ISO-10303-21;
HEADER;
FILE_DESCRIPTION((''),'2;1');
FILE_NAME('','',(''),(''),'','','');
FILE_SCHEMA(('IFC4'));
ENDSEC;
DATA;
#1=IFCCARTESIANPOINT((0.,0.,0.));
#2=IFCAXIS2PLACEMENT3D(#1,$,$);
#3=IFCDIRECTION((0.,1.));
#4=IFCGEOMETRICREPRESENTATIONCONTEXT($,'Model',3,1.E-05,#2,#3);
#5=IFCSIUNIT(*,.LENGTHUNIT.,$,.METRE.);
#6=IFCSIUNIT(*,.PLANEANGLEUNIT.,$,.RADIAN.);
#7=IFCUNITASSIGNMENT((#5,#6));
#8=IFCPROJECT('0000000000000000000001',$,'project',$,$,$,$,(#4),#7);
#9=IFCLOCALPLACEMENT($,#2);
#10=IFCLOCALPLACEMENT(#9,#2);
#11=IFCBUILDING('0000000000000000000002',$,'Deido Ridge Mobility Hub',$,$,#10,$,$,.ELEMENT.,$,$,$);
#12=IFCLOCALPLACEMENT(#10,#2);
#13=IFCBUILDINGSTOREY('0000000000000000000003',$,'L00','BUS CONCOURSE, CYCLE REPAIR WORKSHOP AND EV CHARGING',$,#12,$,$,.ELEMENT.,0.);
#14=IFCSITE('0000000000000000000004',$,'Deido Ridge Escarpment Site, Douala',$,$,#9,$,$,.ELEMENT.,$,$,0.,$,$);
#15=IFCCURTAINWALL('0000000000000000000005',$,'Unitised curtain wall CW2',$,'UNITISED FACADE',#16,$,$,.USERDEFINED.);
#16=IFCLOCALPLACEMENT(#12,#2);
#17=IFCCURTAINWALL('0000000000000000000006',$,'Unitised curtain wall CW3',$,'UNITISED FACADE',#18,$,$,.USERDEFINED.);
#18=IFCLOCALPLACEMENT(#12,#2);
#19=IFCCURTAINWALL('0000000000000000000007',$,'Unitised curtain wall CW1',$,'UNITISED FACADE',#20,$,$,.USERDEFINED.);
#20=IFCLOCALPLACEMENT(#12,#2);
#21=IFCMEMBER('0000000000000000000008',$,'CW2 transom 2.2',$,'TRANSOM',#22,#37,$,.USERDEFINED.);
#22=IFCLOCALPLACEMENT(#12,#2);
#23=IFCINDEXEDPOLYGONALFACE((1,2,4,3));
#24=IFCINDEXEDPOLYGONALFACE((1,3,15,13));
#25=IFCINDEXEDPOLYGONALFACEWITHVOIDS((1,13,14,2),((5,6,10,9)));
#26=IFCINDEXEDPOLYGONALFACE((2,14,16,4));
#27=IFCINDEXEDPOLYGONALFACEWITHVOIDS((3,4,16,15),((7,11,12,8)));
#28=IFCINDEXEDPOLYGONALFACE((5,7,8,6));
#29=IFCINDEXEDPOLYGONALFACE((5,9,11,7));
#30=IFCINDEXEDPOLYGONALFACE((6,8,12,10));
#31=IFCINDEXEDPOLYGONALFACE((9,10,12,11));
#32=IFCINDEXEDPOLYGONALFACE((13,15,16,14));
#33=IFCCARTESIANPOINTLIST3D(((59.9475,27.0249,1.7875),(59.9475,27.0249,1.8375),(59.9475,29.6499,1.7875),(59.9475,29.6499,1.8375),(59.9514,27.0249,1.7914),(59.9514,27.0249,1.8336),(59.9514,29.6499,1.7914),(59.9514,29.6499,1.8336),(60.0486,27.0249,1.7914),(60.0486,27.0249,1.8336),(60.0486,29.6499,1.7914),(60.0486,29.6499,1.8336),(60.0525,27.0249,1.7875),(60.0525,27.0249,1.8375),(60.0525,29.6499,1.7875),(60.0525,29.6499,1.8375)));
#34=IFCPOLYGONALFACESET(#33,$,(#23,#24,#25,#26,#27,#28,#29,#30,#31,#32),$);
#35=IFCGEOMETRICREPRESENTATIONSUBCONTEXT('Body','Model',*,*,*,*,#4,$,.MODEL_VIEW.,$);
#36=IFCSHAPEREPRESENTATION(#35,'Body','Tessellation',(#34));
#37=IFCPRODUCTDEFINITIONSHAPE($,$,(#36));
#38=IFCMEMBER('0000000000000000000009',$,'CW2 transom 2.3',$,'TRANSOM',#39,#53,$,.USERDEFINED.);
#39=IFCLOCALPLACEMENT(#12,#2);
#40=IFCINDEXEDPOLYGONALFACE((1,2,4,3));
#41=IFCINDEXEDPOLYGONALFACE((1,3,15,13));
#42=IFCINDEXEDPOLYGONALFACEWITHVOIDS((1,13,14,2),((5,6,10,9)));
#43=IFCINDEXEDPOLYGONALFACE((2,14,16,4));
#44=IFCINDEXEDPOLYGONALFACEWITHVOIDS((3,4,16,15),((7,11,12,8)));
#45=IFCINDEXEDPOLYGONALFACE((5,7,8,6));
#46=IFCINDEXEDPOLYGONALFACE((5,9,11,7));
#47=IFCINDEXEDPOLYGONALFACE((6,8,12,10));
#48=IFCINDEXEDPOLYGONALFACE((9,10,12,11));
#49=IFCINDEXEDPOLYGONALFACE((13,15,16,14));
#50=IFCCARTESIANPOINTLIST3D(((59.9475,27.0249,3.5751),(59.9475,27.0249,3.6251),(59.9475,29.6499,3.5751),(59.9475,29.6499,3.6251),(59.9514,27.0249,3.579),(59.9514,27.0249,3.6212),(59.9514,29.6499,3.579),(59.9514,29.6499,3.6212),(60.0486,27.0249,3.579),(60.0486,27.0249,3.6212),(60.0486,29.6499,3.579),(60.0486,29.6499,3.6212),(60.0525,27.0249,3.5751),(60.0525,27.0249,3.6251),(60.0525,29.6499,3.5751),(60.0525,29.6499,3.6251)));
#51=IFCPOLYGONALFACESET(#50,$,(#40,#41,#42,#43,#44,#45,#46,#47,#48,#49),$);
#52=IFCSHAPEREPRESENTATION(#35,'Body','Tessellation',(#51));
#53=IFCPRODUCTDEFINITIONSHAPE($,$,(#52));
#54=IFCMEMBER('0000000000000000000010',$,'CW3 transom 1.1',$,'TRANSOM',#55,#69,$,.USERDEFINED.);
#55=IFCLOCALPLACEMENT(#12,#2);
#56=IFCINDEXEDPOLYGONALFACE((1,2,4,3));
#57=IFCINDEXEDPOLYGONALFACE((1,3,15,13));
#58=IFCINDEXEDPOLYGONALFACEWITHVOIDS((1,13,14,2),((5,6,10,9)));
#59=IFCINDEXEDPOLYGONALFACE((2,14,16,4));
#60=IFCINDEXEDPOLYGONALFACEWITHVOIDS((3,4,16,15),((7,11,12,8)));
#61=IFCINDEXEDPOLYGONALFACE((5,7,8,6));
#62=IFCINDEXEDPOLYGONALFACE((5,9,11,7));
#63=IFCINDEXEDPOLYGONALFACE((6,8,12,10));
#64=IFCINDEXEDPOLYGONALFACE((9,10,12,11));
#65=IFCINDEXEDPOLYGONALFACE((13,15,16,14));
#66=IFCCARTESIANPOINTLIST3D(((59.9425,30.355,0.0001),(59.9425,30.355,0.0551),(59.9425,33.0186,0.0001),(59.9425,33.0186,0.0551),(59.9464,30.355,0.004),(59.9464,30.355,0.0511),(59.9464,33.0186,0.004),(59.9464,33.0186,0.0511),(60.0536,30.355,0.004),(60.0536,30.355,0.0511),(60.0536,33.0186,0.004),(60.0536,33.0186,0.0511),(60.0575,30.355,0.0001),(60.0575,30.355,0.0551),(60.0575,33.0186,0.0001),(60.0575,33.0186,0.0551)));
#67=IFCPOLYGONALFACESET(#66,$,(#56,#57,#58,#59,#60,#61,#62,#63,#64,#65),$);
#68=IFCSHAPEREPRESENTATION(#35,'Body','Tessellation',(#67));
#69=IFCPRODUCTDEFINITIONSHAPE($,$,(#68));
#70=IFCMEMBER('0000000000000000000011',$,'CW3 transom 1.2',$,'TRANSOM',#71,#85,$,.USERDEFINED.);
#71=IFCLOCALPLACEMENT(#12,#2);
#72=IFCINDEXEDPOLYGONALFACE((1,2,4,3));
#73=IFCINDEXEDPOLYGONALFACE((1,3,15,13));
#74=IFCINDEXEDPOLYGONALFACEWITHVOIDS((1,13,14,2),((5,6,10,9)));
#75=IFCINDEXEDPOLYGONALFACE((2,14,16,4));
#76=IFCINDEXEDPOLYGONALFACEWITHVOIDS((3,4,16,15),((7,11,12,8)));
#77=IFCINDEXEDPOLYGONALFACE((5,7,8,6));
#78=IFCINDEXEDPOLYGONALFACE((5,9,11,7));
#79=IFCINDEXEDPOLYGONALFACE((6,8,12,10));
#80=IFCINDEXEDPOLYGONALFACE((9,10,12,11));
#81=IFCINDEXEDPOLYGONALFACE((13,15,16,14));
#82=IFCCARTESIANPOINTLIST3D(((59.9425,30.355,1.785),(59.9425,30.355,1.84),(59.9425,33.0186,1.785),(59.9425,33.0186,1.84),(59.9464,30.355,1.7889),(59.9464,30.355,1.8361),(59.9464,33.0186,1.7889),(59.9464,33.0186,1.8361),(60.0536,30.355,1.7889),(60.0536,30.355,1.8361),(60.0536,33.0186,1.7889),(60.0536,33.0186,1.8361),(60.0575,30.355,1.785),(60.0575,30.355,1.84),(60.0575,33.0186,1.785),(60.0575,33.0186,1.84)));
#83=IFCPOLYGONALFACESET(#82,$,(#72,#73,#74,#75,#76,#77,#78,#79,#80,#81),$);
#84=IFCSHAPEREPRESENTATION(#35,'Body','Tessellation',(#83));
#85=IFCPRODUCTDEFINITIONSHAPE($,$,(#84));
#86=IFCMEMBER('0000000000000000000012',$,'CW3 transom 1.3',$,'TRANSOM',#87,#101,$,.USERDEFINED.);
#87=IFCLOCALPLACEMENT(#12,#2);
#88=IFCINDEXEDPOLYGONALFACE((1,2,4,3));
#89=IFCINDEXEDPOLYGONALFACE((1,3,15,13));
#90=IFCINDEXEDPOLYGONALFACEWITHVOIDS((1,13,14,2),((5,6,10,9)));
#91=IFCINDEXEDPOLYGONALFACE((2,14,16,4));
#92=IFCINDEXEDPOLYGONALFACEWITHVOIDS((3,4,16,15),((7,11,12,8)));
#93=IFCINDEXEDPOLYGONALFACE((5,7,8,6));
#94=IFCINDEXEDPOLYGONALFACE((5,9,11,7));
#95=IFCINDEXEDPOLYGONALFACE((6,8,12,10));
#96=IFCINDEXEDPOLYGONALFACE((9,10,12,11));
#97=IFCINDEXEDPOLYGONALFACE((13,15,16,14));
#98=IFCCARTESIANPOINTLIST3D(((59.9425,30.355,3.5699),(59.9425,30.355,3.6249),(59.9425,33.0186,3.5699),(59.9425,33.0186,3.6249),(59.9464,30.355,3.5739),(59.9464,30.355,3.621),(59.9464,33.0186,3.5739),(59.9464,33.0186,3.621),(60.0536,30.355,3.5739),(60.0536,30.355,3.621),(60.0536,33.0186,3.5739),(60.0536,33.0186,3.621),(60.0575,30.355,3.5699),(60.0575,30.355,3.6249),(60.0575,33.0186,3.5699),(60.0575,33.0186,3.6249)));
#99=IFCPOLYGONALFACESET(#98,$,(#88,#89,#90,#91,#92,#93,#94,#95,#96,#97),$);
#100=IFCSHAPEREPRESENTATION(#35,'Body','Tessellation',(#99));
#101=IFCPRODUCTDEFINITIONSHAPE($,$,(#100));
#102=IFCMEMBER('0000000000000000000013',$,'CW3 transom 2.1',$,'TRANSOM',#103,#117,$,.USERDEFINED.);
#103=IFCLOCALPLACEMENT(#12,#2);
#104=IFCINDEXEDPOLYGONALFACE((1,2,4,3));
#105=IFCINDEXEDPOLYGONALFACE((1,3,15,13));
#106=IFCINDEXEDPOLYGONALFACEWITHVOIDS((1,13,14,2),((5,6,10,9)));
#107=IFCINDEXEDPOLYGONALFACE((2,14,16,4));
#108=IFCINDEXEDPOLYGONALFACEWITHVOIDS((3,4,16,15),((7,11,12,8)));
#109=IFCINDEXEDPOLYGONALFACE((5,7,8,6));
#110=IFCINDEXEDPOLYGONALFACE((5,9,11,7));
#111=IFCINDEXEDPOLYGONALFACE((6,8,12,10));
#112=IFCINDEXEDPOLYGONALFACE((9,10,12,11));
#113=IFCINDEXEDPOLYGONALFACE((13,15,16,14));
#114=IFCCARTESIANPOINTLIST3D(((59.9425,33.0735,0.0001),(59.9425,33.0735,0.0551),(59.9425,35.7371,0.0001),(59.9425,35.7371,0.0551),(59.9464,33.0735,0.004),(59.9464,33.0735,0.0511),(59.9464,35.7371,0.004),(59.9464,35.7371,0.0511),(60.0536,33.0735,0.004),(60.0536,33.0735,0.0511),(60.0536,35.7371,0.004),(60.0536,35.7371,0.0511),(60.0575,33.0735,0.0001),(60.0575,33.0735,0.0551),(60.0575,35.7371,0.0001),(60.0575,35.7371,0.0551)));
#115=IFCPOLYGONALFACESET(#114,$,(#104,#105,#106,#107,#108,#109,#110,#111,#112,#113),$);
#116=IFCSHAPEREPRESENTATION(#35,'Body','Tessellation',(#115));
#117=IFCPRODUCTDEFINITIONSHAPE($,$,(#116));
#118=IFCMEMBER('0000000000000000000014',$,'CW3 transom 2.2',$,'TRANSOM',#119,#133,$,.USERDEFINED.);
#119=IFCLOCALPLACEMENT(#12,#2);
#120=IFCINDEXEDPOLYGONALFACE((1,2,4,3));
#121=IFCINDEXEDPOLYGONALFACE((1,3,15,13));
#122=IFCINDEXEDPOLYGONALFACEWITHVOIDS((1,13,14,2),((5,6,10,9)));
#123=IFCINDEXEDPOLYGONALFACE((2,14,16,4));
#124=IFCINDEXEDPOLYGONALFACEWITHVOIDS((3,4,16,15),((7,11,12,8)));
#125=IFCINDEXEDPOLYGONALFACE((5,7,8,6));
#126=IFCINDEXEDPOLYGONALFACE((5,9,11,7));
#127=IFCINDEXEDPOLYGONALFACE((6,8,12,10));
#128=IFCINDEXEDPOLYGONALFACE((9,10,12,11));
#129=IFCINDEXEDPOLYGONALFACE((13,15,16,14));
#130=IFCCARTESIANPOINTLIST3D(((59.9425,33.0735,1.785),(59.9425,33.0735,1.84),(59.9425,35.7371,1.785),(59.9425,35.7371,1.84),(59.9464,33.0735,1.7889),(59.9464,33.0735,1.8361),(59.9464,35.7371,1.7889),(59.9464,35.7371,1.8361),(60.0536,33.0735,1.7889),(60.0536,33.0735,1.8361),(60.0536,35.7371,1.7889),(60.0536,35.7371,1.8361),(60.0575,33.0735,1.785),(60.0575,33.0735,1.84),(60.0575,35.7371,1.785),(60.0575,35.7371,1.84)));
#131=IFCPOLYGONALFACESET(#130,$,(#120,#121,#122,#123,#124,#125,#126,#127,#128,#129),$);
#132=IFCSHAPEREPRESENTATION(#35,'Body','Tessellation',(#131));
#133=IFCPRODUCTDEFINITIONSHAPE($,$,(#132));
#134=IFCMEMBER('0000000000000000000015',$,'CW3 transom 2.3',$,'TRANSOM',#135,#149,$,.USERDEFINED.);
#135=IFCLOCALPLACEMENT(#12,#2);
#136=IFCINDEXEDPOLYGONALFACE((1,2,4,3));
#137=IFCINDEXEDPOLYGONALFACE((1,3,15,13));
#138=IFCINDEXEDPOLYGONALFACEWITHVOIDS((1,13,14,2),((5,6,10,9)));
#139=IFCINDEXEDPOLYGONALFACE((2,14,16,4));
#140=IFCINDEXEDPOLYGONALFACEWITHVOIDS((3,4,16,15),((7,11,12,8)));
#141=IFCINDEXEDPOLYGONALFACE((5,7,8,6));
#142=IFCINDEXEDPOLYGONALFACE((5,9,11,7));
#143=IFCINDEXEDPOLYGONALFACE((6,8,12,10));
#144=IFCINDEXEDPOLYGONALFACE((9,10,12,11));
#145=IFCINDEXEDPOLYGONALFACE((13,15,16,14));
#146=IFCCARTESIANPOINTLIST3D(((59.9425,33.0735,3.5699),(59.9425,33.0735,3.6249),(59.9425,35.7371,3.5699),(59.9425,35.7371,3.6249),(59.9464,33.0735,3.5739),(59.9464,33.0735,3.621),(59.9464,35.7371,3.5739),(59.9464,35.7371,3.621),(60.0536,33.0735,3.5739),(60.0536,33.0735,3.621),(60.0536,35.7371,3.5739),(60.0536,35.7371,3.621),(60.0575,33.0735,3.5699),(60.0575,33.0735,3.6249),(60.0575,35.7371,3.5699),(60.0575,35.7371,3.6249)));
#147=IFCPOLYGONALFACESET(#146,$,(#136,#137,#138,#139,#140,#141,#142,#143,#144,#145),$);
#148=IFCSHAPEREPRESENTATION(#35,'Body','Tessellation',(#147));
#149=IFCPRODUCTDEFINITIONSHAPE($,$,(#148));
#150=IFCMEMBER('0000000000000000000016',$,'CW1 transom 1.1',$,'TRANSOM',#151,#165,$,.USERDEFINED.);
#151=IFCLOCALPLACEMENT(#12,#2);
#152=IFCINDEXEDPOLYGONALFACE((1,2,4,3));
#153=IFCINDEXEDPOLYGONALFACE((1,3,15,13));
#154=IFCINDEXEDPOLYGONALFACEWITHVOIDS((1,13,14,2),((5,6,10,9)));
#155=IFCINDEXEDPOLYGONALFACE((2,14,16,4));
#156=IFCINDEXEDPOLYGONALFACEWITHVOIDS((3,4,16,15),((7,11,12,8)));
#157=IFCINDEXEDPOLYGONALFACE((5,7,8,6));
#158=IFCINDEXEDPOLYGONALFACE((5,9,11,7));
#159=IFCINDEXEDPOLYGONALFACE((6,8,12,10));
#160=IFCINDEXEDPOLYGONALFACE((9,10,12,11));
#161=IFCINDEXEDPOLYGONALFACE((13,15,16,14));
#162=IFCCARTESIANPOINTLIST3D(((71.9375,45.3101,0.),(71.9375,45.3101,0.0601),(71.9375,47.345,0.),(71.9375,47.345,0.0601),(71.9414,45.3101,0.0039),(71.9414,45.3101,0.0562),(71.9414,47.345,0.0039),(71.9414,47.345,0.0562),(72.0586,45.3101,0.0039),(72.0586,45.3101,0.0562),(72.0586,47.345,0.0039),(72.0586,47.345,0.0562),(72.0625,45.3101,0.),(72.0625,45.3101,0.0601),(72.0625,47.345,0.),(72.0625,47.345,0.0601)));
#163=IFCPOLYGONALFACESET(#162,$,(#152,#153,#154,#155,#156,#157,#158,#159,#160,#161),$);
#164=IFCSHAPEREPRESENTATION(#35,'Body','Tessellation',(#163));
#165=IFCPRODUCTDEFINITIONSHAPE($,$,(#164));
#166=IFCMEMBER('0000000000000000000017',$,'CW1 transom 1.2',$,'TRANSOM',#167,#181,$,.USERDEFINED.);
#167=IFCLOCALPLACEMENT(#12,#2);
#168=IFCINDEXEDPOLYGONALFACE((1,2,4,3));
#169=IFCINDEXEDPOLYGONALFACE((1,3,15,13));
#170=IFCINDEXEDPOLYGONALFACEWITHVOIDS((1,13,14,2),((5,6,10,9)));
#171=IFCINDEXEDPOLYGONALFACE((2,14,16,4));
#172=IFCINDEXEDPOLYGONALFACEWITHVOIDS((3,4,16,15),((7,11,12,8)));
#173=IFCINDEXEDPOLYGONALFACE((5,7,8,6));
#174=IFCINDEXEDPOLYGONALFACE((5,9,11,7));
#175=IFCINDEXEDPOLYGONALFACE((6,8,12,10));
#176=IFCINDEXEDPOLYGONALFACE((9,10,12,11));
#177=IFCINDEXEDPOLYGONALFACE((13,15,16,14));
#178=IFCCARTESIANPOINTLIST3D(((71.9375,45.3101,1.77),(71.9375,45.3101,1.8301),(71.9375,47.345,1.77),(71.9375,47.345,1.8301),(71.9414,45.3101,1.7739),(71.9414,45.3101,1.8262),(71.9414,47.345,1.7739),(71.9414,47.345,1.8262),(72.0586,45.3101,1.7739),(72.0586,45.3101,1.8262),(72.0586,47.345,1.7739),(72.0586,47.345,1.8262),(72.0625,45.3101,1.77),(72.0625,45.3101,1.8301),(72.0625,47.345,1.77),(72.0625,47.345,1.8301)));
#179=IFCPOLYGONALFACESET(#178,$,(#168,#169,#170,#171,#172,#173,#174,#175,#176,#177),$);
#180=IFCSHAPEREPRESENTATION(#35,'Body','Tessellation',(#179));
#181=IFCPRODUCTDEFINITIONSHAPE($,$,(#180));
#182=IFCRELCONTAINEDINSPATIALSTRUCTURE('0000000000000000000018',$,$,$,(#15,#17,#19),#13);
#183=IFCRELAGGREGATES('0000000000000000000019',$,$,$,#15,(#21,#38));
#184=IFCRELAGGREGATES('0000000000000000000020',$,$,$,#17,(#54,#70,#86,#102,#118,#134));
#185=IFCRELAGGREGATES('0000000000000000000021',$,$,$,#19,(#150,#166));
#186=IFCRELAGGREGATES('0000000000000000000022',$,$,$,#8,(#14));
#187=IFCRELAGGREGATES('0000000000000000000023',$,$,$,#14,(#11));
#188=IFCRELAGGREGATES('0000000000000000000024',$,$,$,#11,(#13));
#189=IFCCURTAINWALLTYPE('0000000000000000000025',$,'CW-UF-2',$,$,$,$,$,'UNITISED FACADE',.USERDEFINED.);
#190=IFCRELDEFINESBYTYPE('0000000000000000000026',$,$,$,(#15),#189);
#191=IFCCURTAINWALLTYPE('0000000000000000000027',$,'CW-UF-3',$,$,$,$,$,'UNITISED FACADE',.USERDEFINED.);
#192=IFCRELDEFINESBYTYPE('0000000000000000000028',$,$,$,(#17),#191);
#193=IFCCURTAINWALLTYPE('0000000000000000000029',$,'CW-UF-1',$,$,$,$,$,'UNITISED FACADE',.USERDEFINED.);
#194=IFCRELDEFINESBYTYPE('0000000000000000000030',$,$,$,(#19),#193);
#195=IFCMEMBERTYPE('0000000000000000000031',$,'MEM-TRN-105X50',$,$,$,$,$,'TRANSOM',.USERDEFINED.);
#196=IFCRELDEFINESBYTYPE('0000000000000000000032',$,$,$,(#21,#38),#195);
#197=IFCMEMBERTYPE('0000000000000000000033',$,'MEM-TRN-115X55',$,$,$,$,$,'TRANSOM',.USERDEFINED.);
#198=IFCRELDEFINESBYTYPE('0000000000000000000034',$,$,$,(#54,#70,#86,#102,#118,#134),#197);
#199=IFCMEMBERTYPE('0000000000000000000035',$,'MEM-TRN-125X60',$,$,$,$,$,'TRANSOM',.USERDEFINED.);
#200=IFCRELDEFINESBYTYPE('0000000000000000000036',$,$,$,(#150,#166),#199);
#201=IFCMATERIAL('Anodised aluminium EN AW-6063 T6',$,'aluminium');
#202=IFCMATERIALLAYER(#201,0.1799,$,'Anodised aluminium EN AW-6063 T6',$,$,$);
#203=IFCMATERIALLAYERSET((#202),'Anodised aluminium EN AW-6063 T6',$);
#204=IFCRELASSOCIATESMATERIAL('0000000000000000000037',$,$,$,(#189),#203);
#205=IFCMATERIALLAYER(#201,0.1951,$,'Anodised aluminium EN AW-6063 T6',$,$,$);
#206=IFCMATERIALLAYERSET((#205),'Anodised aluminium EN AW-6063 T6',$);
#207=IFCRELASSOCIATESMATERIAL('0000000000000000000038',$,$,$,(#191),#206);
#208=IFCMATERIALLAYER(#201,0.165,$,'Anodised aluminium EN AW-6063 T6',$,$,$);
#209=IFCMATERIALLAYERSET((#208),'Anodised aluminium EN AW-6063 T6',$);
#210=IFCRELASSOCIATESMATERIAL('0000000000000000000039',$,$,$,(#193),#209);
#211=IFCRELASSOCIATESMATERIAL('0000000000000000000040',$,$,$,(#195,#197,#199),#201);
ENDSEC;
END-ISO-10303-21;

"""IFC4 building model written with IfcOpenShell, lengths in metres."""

from ifc_helpers import new_model, si_unit, direction, frame, origin, origin_2d, place, context, subcontext, project, spatial, hollow_rectangle, extrude, material, layer, layer_set, material_profile, profile_set, type_object, element, aggregate, save


model = new_model("IFC4")

# Units and contexts
model_context = context("Model", 3, precision=1e-05, world=origin(), true_north=direction((0.0, 1.0)))
body_context = subcontext(model_context, "Body", "Model", "MODEL_VIEW")
ifc_project = project(units=[si_unit("LENGTHUNIT", "METRE"), si_unit("PLANEANGLEUNIT", "RADIAN")], contexts=[model_context])

# Site, building, storey
site_placement = place(None, origin())
site = spatial("IfcSite", under=ifc_project, at=site_placement, Name="Deido Ridge Escarpment Site, Douala", CompositionType="ELEMENT", RefElevation=0.0)
building_placement = place(site_placement, origin())
building = spatial("IfcBuilding", under=site, at=building_placement, Name="Deido Ridge Mobility Hub", CompositionType="ELEMENT")
storey_placement = place(building_placement, origin())
storey = spatial("IfcBuildingStorey", under=building, at=storey_placement, Name="L00", Description="BUS CONCOURSE, CYCLE REPAIR WORKSHOP AND EV CHARGING", CompositionType="ELEMENT", Elevation=0.0)

# Curtain walls
ifc_material_1 = material(Name="Anodised aluminium EN AW-6063 T6", Category="aluminium")
ifc_layer_1 = layer(ifc_material_1, 0.1799, Name="Anodised aluminium EN AW-6063 T6")
ifc_layer_set_1 = layer_set([ifc_layer_1], Name="Anodised aluminium EN AW-6063 T6")
curtain_wall_type_1 = type_object("IfcCurtainWallType", Name="CW-UF-2", ElementType="UNITISED FACADE", PredefinedType="USERDEFINED", material=ifc_layer_set_1)
curtain_wall_1_placement = place(storey_placement, origin())
curtain_wall_1 = element("IfcCurtainWall", 1, at=curtain_wall_1_placement, inside=storey, type_object=curtain_wall_type_1, Name="Unitised curtain wall CW2", ObjectType="UNITISED FACADE", PredefinedType="USERDEFINED")
ifc_layer_2 = layer(ifc_material_1, 0.1951, Name="Anodised aluminium EN AW-6063 T6")
ifc_layer_set_2 = layer_set([ifc_layer_2], Name="Anodised aluminium EN AW-6063 T6")
curtain_wall_type_2 = type_object("IfcCurtainWallType", Name="CW-UF-3", ElementType="UNITISED FACADE", PredefinedType="USERDEFINED", material=ifc_layer_set_2)
curtain_wall_2_placement = place(storey_placement, origin())
curtain_wall_2 = element("IfcCurtainWall", 2, at=curtain_wall_2_placement, inside=storey, type_object=curtain_wall_type_2, Name="Unitised curtain wall CW3", ObjectType="UNITISED FACADE", PredefinedType="USERDEFINED")

# Curtain wall
ifc_layer_3 = layer(ifc_material_1, 0.165, Name="Anodised aluminium EN AW-6063 T6")
ifc_layer_set_3 = layer_set([ifc_layer_3], Name="Anodised aluminium EN AW-6063 T6")
curtain_wall_type_3 = type_object("IfcCurtainWallType", Name="CW-UF-1", ElementType="UNITISED FACADE", PredefinedType="USERDEFINED", material=ifc_layer_set_3)
curtain_wall_3_placement = place(storey_placement, origin())
curtain_wall_3 = element("IfcCurtainWall", 3, at=curtain_wall_3_placement, inside=storey, type_object=curtain_wall_type_3, Name="Unitised curtain wall CW1", ObjectType="UNITISED FACADE", PredefinedType="USERDEFINED")

# Members
ifc_material_profile_1 = material_profile(ifc_material_1, hollow_rectangle(XDim=0.105, YDim=0.05, WallThickness=0.0039, at=origin_2d()), Name="RHS 105x50x4")
ifc_profile_set_1 = profile_set([ifc_material_profile_1], Name="Anodised aluminium EN AW-6063 T6")
member_type_1 = type_object("IfcMemberType", Name="MEM-TRN-105X50", ElementType="TRANSOM", PredefinedType="USERDEFINED", material=ifc_profile_set_1)
member_1_placement = place(storey_placement, frame((60.0, 27.0249, 1.8125), z_axis=(0.0, 1.0, 0.0), x_axis=(-1.0, 0.0, 0.0)))
member_1 = element("IfcMember", 4, at=member_1_placement, type_object=member_type_1, Name="CW2 transom 2.2", ObjectType="TRANSOM", PredefinedType="USERDEFINED", context=body_context, shape_type="SweptSolid", body=[
    extrude(hollow_rectangle(XDim=0.105, YDim=0.05, WallThickness=0.0039, at=origin_2d()), origin(), (0.0, 0.0, 1.0), 2.625),
])
member_2_placement = place(storey_placement, frame((60.0, 27.0249, 3.6001), z_axis=(0.0, 1.0, 0.0), x_axis=(-1.0, 0.0, 0.0)))
member_2 = element("IfcMember", 5, at=member_2_placement, type_object=member_type_1, Name="CW2 transom 2.3", ObjectType="TRANSOM", PredefinedType="USERDEFINED", context=body_context, shape_type="SweptSolid", body=[
    extrude(hollow_rectangle(XDim=0.105, YDim=0.05, WallThickness=0.0039, at=origin_2d()), origin(), (0.0, 0.0, 1.0), 2.625),
])
ifc_material_profile_2 = material_profile(ifc_material_1, hollow_rectangle(XDim=0.115, YDim=0.0549, WallThickness=0.0039, at=origin_2d()), Name="RHS 115x55x4")
ifc_profile_set_2 = profile_set([ifc_material_profile_2], Name="Anodised aluminium EN AW-6063 T6")
member_type_2 = type_object("IfcMemberType", Name="MEM-TRN-115X55", ElementType="TRANSOM", PredefinedType="USERDEFINED", material=ifc_profile_set_2)
member_3_placement = place(storey_placement, frame((60.0, 30.355, 0.0276), z_axis=(0.0, 1.0, 0.0), x_axis=(-1.0, 0.0, 0.0)))
member_3 = element("IfcMember", 6, at=member_3_placement, type_object=member_type_2, Name="CW3 transom 1.1", ObjectType="TRANSOM", PredefinedType="USERDEFINED", context=body_context, shape_type="SweptSolid", body=[
    extrude(hollow_rectangle(XDim=0.115, YDim=0.0549, WallThickness=0.0039, at=origin_2d()), origin(), (0.0, 0.0, 1.0), 2.6636),
])
member_4_placement = place(storey_placement, frame((60.0, 30.355, 1.8125), z_axis=(0.0, 1.0, 0.0), x_axis=(-1.0, 0.0, 0.0)))
member_4 = element("IfcMember", 7, at=member_4_placement, type_object=member_type_2, Name="CW3 transom 1.2", ObjectType="TRANSOM", PredefinedType="USERDEFINED", context=body_context, shape_type="SweptSolid", body=[
    extrude(hollow_rectangle(XDim=0.115, YDim=0.0549, WallThickness=0.0039, at=origin_2d()), origin(), (0.0, 0.0, 1.0), 2.6636),
])
member_5_placement = place(storey_placement, frame((60.0, 30.355, 3.5974), z_axis=(0.0, 1.0, 0.0), x_axis=(-1.0, 0.0, 0.0)))
member_5 = element("IfcMember", 8, at=member_5_placement, type_object=member_type_2, Name="CW3 transom 1.3", ObjectType="TRANSOM", PredefinedType="USERDEFINED", context=body_context, shape_type="SweptSolid", body=[
    extrude(hollow_rectangle(XDim=0.115, YDim=0.0549, WallThickness=0.0039, at=origin_2d()), origin(), (0.0, 0.0, 1.0), 2.6636),
])
member_6_placement = place(storey_placement, frame((60.0, 33.0735, 0.0276), z_axis=(0.0, 1.0, 0.0), x_axis=(-1.0, 0.0, 0.0)))
member_6 = element("IfcMember", 9, at=member_6_placement, type_object=member_type_2, Name="CW3 transom 2.1", ObjectType="TRANSOM", PredefinedType="USERDEFINED", context=body_context, shape_type="SweptSolid", body=[
    extrude(hollow_rectangle(XDim=0.115, YDim=0.0549, WallThickness=0.0039, at=origin_2d()), origin(), (0.0, 0.0, 1.0), 2.6636),
])
member_7_placement = place(storey_placement, frame((60.0, 33.0735, 1.8125), z_axis=(0.0, 1.0, 0.0), x_axis=(-1.0, 0.0, 0.0)))
member_7 = element("IfcMember", 10, at=member_7_placement, type_object=member_type_2, Name="CW3 transom 2.2", ObjectType="TRANSOM", PredefinedType="USERDEFINED", context=body_context, shape_type="SweptSolid", body=[
    extrude(hollow_rectangle(XDim=0.115, YDim=0.0549, WallThickness=0.0039, at=origin_2d()), origin(), (0.0, 0.0, 1.0), 2.6636),
])
member_8_placement = place(storey_placement, frame((60.0, 33.0735, 3.5974), z_axis=(0.0, 1.0, 0.0), x_axis=(-1.0, 0.0, 0.0)))
member_8 = element("IfcMember", 11, at=member_8_placement, type_object=member_type_2, Name="CW3 transom 2.3", ObjectType="TRANSOM", PredefinedType="USERDEFINED", context=body_context, shape_type="SweptSolid", body=[
    extrude(hollow_rectangle(XDim=0.115, YDim=0.0549, WallThickness=0.0039, at=origin_2d()), origin(), (0.0, 0.0, 1.0), 2.6636),
])
ifc_material_profile_3 = material_profile(ifc_material_1, hollow_rectangle(XDim=0.125, YDim=0.0601, WallThickness=0.0039, at=origin_2d()), Name="RHS 125x60x4")
ifc_profile_set_3 = profile_set([ifc_material_profile_3], Name="Anodised aluminium EN AW-6063 T6")
member_type_3 = type_object("IfcMemberType", Name="MEM-TRN-125X60", ElementType="TRANSOM", PredefinedType="USERDEFINED", material=ifc_profile_set_3)
member_9_placement = place(storey_placement, frame((72.0, 45.3101, 0.03), z_axis=(0.0, 1.0, 0.0), x_axis=(-1.0, 0.0, 0.0)))
member_9 = element("IfcMember", 12, at=member_9_placement, type_object=member_type_3, Name="CW1 transom 1.1", ObjectType="TRANSOM", PredefinedType="USERDEFINED", context=body_context, shape_type="SweptSolid", body=[
    extrude(hollow_rectangle(XDim=0.125, YDim=0.0601, WallThickness=0.0039, at=origin_2d()), origin(), (0.0, 0.0, 1.0), 2.0349),
])
member_10_placement = place(storey_placement, frame((72.0, 45.3101, 1.8), z_axis=(0.0, 1.0, 0.0), x_axis=(-1.0, 0.0, 0.0)))
member_10 = element("IfcMember", 13, at=member_10_placement, type_object=member_type_3, Name="CW1 transom 1.2", ObjectType="TRANSOM", PredefinedType="USERDEFINED", context=body_context, shape_type="SweptSolid", body=[
    extrude(hollow_rectangle(XDim=0.125, YDim=0.0601, WallThickness=0.0039, at=origin_2d()), origin(), (0.0, 0.0, 1.0), 2.0349),
])

aggregate(curtain_wall_1, [member_1, member_2])
aggregate(curtain_wall_2, [member_3, member_4, member_5, member_6, member_7, member_8])
aggregate(curtain_wall_3, [member_9, member_10])

save(model, "model.ifc")
